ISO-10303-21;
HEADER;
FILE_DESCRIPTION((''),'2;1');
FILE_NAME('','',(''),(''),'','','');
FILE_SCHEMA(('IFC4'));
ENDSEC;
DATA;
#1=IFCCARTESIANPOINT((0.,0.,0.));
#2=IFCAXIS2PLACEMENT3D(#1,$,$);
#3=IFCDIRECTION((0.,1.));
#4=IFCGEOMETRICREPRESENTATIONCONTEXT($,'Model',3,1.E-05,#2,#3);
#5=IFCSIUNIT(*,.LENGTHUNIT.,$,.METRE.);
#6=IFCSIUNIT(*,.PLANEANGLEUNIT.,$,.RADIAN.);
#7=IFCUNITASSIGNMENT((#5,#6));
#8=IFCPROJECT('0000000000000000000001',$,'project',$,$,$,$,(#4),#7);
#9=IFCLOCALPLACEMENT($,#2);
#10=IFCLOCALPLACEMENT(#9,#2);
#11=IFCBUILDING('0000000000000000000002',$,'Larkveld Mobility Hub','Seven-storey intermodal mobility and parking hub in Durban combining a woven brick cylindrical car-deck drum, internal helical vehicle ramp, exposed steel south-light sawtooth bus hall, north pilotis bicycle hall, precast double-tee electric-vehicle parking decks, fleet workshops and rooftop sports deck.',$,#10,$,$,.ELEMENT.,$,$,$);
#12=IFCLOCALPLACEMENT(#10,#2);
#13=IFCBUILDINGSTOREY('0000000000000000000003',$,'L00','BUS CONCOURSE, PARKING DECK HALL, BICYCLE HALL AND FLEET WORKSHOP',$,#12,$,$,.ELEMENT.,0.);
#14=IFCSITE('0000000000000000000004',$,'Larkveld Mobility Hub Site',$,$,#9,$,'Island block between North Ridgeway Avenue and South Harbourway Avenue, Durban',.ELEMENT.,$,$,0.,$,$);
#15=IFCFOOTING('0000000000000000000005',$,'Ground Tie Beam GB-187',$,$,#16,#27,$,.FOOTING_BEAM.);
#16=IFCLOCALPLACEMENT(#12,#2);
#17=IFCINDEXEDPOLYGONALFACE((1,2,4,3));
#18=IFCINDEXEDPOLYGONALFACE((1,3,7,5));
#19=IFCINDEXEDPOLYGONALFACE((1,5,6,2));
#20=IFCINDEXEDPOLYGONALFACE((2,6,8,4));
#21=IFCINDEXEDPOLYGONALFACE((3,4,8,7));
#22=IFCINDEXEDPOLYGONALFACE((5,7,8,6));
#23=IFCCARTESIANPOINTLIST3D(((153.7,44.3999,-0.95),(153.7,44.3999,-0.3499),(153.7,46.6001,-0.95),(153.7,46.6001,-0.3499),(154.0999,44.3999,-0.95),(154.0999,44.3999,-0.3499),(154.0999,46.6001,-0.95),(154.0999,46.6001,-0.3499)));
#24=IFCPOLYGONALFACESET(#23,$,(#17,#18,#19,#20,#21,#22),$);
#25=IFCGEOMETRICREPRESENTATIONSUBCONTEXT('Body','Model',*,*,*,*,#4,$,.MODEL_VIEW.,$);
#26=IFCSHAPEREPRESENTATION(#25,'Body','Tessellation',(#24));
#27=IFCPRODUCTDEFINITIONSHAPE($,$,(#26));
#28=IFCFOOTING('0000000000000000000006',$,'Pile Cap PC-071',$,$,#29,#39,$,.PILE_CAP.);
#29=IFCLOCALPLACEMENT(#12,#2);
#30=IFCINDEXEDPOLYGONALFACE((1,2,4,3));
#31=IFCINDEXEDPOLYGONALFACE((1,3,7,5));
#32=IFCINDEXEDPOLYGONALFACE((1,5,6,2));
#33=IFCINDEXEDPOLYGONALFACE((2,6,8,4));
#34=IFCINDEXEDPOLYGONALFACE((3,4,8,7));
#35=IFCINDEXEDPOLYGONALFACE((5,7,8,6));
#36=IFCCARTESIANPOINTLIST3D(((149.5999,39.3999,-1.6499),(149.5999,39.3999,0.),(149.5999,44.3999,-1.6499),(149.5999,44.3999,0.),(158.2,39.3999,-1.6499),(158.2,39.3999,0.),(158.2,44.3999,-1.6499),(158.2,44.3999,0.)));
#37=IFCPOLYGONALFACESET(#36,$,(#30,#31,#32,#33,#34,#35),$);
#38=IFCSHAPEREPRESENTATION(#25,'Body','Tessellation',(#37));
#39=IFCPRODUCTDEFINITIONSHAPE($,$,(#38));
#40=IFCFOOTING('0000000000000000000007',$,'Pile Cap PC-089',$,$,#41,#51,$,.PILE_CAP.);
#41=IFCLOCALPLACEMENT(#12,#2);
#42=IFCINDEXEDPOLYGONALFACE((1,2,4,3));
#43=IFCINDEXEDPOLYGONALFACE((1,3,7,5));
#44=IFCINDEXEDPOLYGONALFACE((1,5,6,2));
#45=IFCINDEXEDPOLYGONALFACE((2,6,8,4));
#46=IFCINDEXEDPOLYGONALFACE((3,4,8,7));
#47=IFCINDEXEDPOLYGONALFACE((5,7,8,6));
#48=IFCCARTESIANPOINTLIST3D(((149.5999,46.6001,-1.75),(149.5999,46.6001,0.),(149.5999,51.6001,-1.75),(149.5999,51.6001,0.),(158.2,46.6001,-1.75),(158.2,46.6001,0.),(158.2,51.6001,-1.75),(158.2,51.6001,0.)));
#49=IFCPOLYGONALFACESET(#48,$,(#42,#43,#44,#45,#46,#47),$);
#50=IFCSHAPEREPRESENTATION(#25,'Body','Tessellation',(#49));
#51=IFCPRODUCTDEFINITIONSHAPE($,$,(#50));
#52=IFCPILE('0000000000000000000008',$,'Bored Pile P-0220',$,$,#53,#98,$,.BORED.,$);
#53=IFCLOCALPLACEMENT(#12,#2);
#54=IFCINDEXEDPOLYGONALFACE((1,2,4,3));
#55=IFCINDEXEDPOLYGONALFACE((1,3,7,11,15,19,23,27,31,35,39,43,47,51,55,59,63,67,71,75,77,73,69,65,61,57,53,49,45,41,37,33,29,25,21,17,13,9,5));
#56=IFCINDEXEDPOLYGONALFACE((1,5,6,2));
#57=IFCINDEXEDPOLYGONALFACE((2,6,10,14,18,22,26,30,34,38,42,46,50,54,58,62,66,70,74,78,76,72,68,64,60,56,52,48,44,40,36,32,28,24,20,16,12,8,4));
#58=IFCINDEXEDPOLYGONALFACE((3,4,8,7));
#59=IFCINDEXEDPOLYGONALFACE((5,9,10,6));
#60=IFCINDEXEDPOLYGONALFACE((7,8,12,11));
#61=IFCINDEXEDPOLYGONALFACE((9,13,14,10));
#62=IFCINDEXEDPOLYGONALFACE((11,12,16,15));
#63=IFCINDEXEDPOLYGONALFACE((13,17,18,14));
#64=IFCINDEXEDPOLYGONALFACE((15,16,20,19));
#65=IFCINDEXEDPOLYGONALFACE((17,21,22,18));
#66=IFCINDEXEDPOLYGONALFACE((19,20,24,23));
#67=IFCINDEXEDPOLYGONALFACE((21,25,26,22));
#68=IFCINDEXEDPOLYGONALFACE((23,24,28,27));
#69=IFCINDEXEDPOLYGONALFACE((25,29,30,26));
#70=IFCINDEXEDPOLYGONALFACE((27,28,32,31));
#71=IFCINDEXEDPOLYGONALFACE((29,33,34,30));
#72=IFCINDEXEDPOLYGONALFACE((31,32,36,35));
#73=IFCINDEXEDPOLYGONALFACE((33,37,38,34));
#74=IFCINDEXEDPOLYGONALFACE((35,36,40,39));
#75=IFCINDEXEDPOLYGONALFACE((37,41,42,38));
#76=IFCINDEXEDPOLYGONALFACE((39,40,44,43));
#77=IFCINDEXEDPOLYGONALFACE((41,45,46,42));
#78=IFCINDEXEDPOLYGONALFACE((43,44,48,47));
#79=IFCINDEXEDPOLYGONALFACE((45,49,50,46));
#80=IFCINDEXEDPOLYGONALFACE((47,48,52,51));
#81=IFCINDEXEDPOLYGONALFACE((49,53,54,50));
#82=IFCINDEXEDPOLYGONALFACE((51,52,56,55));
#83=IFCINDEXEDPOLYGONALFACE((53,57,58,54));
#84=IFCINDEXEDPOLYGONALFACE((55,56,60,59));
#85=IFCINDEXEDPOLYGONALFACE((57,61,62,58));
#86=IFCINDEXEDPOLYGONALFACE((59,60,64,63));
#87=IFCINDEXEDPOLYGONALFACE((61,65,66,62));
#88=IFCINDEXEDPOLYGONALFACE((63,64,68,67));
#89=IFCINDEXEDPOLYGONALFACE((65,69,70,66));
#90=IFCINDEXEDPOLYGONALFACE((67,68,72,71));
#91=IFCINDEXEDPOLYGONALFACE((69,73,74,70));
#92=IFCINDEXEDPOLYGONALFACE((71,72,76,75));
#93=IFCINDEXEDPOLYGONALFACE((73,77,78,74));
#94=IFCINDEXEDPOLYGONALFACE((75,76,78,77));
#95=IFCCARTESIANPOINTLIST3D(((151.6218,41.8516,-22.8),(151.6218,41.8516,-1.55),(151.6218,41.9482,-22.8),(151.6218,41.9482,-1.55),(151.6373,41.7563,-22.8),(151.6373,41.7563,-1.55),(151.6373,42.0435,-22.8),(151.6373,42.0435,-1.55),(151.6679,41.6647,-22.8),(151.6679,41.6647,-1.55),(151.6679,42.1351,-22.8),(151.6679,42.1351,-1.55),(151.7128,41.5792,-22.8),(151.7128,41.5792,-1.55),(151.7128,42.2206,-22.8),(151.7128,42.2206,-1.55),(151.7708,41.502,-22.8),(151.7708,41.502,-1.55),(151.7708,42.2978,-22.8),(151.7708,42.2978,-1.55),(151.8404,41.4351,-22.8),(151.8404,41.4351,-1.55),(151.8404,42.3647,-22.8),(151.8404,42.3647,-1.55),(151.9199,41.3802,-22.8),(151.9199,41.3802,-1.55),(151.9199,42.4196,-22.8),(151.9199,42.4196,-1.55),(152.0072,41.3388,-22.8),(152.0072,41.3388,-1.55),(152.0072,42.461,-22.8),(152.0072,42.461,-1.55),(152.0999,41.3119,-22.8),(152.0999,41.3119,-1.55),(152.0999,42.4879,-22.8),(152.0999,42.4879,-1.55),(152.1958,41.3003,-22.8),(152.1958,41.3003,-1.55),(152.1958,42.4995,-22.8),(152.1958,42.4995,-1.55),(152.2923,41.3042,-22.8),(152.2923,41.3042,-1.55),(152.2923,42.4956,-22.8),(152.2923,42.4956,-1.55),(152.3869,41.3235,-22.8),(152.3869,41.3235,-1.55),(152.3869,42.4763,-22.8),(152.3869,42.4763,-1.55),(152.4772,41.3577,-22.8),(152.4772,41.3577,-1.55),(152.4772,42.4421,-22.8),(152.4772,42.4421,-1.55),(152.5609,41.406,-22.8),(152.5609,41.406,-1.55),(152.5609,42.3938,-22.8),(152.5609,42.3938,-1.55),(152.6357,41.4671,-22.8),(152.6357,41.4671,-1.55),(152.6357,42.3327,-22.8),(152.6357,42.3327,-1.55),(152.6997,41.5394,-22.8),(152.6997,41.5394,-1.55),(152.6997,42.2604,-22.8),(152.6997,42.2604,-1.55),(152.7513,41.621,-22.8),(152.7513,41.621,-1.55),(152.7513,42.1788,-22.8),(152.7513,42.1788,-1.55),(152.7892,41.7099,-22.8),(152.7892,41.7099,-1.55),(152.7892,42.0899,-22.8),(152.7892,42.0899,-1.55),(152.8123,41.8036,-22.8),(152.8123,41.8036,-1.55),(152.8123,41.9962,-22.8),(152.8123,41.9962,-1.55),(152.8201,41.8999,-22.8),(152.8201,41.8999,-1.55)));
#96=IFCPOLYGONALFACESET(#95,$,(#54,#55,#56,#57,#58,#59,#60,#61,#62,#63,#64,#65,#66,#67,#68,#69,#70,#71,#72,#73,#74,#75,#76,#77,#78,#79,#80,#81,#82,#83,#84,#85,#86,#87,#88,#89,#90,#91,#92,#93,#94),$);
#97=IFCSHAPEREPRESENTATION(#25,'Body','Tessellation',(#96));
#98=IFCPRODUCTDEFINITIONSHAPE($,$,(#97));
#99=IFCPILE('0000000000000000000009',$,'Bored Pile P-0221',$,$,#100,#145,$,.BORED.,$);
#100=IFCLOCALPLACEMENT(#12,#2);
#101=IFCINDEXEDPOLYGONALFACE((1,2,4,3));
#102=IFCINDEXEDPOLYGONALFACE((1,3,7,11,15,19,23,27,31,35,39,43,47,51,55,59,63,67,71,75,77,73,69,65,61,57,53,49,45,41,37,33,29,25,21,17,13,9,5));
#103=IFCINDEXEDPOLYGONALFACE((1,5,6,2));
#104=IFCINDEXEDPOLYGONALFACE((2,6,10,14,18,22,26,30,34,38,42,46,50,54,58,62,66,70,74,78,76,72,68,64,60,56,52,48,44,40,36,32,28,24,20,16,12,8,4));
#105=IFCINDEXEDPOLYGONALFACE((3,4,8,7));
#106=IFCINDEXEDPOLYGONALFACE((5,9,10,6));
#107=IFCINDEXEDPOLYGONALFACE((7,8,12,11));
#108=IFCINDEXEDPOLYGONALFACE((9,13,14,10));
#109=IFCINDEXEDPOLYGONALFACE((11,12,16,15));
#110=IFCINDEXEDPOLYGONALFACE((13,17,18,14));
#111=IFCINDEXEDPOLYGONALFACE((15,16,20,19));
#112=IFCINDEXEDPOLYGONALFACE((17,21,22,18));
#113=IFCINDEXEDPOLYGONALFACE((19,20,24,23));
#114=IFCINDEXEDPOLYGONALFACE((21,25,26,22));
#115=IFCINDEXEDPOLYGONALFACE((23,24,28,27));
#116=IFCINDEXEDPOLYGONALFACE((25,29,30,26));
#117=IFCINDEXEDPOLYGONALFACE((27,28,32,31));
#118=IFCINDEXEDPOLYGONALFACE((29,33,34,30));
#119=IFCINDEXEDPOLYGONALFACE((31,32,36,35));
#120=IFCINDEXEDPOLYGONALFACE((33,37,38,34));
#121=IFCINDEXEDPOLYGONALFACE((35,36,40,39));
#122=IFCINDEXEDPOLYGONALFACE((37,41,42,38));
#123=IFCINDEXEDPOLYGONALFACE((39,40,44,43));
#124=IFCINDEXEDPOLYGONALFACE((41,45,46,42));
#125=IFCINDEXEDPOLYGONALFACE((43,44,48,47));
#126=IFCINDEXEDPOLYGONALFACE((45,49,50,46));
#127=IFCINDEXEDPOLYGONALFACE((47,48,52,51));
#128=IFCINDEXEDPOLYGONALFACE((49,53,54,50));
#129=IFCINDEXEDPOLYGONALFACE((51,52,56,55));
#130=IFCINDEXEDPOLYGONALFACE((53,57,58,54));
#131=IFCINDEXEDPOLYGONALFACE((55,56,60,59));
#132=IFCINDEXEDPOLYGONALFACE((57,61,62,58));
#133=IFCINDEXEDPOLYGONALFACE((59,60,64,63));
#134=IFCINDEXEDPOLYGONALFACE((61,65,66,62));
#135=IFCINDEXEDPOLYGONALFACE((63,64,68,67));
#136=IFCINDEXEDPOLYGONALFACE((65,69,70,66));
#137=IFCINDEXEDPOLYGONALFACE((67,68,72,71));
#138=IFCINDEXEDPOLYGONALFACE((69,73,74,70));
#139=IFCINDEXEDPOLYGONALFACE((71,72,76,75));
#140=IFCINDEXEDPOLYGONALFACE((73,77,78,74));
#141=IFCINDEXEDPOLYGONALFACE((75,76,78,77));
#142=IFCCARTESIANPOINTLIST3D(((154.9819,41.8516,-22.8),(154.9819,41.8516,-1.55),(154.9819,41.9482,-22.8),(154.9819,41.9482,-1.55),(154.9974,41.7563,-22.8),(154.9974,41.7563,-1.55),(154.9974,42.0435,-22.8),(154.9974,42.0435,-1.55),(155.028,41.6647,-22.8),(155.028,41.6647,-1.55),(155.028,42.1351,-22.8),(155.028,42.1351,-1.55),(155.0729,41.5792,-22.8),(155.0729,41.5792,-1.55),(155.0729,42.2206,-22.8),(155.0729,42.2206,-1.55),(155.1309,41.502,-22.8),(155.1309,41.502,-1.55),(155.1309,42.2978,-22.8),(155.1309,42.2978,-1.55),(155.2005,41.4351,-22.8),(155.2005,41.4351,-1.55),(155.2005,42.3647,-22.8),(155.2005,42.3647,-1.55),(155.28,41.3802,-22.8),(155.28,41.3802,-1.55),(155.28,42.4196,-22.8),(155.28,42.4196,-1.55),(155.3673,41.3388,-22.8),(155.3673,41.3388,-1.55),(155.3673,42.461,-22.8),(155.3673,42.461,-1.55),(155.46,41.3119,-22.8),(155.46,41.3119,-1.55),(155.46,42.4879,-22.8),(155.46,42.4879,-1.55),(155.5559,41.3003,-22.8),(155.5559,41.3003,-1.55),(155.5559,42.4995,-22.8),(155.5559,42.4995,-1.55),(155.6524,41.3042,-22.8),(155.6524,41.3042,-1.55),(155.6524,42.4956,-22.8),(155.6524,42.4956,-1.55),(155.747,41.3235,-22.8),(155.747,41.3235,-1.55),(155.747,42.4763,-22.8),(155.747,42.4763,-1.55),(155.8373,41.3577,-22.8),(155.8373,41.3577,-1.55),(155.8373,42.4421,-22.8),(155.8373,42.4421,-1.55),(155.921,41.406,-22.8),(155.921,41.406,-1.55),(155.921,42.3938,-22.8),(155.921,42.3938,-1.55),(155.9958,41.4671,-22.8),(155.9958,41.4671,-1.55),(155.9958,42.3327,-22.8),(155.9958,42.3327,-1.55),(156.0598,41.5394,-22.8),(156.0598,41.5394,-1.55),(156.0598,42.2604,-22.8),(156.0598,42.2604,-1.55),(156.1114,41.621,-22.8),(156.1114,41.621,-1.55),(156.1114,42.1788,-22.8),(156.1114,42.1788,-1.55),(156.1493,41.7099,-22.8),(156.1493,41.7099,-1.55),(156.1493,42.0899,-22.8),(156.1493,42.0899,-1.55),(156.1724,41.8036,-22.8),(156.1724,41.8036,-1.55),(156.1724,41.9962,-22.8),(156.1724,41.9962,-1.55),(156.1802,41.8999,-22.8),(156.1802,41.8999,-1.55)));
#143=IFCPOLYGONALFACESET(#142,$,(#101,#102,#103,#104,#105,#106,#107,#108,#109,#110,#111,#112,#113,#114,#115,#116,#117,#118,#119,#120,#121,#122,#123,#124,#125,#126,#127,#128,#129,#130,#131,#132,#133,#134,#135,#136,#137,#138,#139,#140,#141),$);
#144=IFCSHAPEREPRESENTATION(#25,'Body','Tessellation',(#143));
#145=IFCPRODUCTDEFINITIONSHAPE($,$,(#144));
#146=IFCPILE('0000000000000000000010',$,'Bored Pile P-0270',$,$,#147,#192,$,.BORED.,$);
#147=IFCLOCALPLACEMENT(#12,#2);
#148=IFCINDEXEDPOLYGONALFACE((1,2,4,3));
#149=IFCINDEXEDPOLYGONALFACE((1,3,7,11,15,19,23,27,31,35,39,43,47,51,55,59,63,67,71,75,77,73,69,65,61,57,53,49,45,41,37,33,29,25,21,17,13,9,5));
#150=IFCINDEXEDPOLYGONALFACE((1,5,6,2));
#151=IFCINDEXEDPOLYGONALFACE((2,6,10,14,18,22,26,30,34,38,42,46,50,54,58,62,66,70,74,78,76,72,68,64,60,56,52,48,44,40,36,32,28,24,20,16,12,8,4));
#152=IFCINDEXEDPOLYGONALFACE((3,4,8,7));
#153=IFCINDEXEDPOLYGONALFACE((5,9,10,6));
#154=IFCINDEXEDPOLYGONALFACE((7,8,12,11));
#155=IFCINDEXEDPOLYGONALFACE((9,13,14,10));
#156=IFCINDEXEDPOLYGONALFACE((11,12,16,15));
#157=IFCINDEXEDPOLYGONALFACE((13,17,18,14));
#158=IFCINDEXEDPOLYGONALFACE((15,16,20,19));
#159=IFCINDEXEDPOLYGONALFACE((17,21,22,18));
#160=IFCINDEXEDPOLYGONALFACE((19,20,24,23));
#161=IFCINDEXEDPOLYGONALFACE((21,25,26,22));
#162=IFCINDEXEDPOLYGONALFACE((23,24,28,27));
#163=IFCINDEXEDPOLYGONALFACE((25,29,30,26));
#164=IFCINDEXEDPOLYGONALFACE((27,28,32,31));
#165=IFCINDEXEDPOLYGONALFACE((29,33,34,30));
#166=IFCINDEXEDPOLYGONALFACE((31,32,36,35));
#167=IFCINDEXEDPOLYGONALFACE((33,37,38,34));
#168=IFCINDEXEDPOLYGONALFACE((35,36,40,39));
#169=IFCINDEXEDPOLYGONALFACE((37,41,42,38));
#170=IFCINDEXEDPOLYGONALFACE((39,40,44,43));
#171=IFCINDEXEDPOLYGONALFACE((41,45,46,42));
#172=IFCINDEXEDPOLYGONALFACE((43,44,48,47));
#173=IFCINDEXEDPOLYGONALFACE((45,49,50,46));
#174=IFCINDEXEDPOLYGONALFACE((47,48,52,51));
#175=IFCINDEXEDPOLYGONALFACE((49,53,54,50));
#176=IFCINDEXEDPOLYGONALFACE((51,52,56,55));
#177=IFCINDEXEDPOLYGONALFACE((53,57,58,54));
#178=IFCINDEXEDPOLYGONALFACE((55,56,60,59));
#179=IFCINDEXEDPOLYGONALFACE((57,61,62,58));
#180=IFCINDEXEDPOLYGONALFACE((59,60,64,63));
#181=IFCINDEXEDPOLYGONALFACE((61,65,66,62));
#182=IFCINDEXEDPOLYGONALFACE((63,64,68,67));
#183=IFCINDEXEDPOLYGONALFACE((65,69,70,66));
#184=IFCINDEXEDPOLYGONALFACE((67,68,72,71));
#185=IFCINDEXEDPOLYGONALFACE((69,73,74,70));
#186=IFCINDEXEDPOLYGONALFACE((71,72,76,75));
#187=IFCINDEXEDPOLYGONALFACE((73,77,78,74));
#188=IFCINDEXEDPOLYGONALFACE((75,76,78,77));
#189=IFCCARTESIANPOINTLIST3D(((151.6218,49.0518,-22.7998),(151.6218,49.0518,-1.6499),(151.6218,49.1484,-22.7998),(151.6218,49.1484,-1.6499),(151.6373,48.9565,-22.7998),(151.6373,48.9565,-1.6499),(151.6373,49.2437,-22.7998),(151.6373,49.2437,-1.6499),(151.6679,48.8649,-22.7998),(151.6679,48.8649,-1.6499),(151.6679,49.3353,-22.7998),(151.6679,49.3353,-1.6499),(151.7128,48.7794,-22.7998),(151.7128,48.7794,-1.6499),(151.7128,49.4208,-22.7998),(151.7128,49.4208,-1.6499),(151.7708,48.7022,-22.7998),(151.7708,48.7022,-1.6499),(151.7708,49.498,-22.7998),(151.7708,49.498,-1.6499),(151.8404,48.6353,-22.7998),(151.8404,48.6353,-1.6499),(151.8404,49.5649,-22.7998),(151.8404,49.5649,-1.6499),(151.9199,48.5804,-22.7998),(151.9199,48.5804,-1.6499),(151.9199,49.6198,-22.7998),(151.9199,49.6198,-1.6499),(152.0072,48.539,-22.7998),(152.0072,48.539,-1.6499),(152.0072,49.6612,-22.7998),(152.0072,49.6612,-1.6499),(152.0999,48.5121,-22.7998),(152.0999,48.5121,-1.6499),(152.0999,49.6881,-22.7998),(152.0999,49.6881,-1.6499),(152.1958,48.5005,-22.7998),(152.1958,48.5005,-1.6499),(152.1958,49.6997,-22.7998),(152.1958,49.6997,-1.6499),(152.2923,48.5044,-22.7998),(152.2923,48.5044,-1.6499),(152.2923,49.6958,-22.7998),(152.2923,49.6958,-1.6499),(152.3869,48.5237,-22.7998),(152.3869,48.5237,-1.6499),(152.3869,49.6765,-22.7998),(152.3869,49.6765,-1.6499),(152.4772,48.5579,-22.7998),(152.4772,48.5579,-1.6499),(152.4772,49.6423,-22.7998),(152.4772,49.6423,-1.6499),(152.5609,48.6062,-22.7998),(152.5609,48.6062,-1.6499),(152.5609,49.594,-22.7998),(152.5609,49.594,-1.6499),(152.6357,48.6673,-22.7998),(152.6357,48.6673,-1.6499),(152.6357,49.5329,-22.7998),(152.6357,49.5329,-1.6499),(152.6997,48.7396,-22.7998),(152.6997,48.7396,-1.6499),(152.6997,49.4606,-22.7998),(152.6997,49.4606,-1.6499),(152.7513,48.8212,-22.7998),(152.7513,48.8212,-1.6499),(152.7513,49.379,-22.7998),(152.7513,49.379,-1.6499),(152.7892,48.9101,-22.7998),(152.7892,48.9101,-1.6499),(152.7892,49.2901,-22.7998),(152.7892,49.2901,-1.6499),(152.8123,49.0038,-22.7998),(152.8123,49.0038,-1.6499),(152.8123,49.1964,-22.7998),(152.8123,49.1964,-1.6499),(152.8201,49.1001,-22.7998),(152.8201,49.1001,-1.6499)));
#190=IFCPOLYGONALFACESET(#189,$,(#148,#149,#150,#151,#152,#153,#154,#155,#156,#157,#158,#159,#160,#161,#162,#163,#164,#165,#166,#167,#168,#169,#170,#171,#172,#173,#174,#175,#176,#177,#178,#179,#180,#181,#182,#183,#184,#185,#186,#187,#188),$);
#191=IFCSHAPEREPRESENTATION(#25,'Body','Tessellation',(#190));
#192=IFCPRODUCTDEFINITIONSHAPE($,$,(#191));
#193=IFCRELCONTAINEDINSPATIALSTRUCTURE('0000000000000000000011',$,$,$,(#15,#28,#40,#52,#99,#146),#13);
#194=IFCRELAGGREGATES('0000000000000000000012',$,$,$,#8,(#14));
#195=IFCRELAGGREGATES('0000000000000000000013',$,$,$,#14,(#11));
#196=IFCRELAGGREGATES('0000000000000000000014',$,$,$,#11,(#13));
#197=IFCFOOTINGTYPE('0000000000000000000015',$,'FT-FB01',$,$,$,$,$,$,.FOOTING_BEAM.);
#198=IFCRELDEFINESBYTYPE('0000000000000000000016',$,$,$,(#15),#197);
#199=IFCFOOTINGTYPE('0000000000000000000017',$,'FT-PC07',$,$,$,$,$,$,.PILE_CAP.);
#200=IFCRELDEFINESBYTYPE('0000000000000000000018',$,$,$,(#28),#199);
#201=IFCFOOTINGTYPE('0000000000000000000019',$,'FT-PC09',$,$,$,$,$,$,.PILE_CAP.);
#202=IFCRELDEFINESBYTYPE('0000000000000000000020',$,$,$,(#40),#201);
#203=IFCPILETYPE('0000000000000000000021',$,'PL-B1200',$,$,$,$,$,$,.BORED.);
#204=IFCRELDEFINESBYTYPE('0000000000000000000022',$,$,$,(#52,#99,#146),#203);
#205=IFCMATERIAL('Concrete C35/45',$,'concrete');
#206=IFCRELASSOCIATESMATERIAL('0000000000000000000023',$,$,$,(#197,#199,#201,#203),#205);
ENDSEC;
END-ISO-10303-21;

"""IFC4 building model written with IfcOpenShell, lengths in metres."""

from ifc_helpers import new_model, si_unit, direction, frame, origin, origin_2d, place, context, subcontext, project, spatial, rectangle, circle, extrude, material, material_profile, profile_set, type_object, element, save


model = new_model("IFC4")

# Units and contexts
model_context = context("Model", 3, precision=1e-05, world=origin(), true_north=direction((0.0, 1.0)))
body_context = subcontext(model_context, "Body", "Model", "MODEL_VIEW")
ifc_project = project(units=[si_unit("LENGTHUNIT", "METRE"), si_unit("PLANEANGLEUNIT", "RADIAN")], contexts=[model_context])

# Site, building, storey
site_placement = place(None, origin())
site = spatial("IfcSite", under=ifc_project, at=site_placement, Name="Larkveld Mobility Hub Site", LongName="Island block between North Ridgeway Avenue and South Harbourway Avenue, Durban", CompositionType="ELEMENT", RefElevation=0.0)
building_placement = place(site_placement, origin())
building = spatial("IfcBuilding", under=site, at=building_placement, Name="Larkveld Mobility Hub", Description="Seven-storey intermodal mobility and parking hub in Durban combining a woven brick cylindrical car-deck drum, internal helical vehicle ramp, exposed steel south-light sawtooth bus hall, north pilotis bicycle hall, precast double-tee electric-vehicle parking decks, fleet workshops and rooftop sports deck.", CompositionType="ELEMENT")
storey_placement = place(building_placement, origin())
storey = spatial("IfcBuildingStorey", under=building, at=storey_placement, Name="L00", Description="BUS CONCOURSE, PARKING DECK HALL, BICYCLE HALL AND FLEET WORKSHOP", CompositionType="ELEMENT", Elevation=0.0)

# Footings
ifc_material_1 = material(Name="Concrete C35/45", Category="concrete")
ifc_material_profile_1 = material_profile(ifc_material_1, rectangle(XDim=0.3999, YDim=0.6001, at=origin_2d()), Name="RC BM 400x600")
ifc_profile_set_1 = profile_set([ifc_material_profile_1], Name="Concrete C35/45")
footing_type_1 = type_object("IfcFootingType", Name="FT-FB01", PredefinedType="FOOTING_BEAM", material=ifc_profile_set_1)
footing_1_placement = place(storey_placement, frame((153.8999, 44.3999, -0.6499), z_axis=(0.0, 1.0, 0.0), x_axis=(-1.0, 0.0, 0.0)))
element("IfcFooting", 1, at=footing_1_placement, inside=storey, type_object=footing_type_1, Name="Ground Tie Beam GB-187", PredefinedType="FOOTING_BEAM", context=body_context, shape_type="SweptSolid", body=[
    extrude(rectangle(XDim=0.3999, YDim=0.6001, at=origin_2d()), origin(), (0.0, 0.0, 1.0), 2.2002),
])
footing_type_2 = type_object("IfcFootingType", Name="FT-PC07", PredefinedType="PILE_CAP", material=ifc_material_1)
footing_2_placement = place(storey_placement, frame((153.8999, 41.8999, -1.6499), z_axis=(0.0, 0.0, 1.0), x_axis=(1.0, 0.0, 0.0)))
element("IfcFooting", 2, at=footing_2_placement, inside=storey, type_object=footing_type_2, Name="Pile Cap PC-071", PredefinedType="PILE_CAP", context=body_context, shape_type="SweptSolid", body=[
    extrude(rectangle(XDim=8.6001, YDim=5.0, at=origin_2d()), origin(), (0.0, 0.0, 1.0), 1.6499),
])
footing_type_3 = type_object("IfcFootingType", Name="FT-PC09", PredefinedType="PILE_CAP", material=ifc_material_1)
footing_3_placement = place(storey_placement, frame((153.8999, 49.1001, -1.75), z_axis=(0.0, 0.0, 1.0), x_axis=(1.0, 0.0, 0.0)))
element("IfcFooting", 3, at=footing_3_placement, inside=storey, type_object=footing_type_3, Name="Pile Cap PC-089", PredefinedType="PILE_CAP", context=body_context, shape_type="SweptSolid", body=[
    extrude(rectangle(XDim=8.6001, YDim=5.0, at=origin_2d()), origin(), (0.0, 0.0, 1.0), 1.75),
])

# Piles
ifc_material_profile_2 = material_profile(ifc_material_1, circle(Radius=0.6001, at=origin_2d()), Name="PILE D1200")
ifc_profile_set_2 = profile_set([ifc_material_profile_2], Name="Concrete C35/45")
pile_type = type_object("IfcPileType", Name="PL-B1200", PredefinedType="BORED", material=ifc_profile_set_2)
for number, where, z_axis, x_axis, name in (
    (4, (152.22, 41.8999, -1.55), (0.0, 0.0, -1.0), (1.0, 0.0, 0.0), "Bored Pile P-0220"),
    (5, (155.5801, 41.8999, -1.55), (0.0, 0.0, -1.0), (1.0, 0.0, 0.0), "Bored Pile P-0221"),
):
    element("IfcPile", number, at=place(storey_placement, frame(where, z_axis=z_axis, x_axis=x_axis)), inside=storey, type_object=pile_type, Name=name, PredefinedType="BORED", context=body_context, shape_type="SweptSolid", body=[
        extrude(circle(Radius=0.6001, at=origin_2d()), origin(), (0.0, 0.0, 1.0), 21.25),
    ])
for number, where, z_axis, x_axis, name in (
    (6, (152.22, 49.1001, -1.6499), (0.0, 0.0, -1.0), (1.0, 0.0, 0.0), "Bored Pile P-0270"),
):
    element("IfcPile", number, at=place(storey_placement, frame(where, z_axis=z_axis, x_axis=x_axis)), inside=storey, type_object=pile_type, Name=name, PredefinedType="BORED", context=body_context, shape_type="SweptSolid", body=[
        extrude(circle(Radius=0.6001, at=origin_2d()), origin(), (0.0, 0.0, 1.0), 21.1499),
    ])

save(model, "model.ifc")
